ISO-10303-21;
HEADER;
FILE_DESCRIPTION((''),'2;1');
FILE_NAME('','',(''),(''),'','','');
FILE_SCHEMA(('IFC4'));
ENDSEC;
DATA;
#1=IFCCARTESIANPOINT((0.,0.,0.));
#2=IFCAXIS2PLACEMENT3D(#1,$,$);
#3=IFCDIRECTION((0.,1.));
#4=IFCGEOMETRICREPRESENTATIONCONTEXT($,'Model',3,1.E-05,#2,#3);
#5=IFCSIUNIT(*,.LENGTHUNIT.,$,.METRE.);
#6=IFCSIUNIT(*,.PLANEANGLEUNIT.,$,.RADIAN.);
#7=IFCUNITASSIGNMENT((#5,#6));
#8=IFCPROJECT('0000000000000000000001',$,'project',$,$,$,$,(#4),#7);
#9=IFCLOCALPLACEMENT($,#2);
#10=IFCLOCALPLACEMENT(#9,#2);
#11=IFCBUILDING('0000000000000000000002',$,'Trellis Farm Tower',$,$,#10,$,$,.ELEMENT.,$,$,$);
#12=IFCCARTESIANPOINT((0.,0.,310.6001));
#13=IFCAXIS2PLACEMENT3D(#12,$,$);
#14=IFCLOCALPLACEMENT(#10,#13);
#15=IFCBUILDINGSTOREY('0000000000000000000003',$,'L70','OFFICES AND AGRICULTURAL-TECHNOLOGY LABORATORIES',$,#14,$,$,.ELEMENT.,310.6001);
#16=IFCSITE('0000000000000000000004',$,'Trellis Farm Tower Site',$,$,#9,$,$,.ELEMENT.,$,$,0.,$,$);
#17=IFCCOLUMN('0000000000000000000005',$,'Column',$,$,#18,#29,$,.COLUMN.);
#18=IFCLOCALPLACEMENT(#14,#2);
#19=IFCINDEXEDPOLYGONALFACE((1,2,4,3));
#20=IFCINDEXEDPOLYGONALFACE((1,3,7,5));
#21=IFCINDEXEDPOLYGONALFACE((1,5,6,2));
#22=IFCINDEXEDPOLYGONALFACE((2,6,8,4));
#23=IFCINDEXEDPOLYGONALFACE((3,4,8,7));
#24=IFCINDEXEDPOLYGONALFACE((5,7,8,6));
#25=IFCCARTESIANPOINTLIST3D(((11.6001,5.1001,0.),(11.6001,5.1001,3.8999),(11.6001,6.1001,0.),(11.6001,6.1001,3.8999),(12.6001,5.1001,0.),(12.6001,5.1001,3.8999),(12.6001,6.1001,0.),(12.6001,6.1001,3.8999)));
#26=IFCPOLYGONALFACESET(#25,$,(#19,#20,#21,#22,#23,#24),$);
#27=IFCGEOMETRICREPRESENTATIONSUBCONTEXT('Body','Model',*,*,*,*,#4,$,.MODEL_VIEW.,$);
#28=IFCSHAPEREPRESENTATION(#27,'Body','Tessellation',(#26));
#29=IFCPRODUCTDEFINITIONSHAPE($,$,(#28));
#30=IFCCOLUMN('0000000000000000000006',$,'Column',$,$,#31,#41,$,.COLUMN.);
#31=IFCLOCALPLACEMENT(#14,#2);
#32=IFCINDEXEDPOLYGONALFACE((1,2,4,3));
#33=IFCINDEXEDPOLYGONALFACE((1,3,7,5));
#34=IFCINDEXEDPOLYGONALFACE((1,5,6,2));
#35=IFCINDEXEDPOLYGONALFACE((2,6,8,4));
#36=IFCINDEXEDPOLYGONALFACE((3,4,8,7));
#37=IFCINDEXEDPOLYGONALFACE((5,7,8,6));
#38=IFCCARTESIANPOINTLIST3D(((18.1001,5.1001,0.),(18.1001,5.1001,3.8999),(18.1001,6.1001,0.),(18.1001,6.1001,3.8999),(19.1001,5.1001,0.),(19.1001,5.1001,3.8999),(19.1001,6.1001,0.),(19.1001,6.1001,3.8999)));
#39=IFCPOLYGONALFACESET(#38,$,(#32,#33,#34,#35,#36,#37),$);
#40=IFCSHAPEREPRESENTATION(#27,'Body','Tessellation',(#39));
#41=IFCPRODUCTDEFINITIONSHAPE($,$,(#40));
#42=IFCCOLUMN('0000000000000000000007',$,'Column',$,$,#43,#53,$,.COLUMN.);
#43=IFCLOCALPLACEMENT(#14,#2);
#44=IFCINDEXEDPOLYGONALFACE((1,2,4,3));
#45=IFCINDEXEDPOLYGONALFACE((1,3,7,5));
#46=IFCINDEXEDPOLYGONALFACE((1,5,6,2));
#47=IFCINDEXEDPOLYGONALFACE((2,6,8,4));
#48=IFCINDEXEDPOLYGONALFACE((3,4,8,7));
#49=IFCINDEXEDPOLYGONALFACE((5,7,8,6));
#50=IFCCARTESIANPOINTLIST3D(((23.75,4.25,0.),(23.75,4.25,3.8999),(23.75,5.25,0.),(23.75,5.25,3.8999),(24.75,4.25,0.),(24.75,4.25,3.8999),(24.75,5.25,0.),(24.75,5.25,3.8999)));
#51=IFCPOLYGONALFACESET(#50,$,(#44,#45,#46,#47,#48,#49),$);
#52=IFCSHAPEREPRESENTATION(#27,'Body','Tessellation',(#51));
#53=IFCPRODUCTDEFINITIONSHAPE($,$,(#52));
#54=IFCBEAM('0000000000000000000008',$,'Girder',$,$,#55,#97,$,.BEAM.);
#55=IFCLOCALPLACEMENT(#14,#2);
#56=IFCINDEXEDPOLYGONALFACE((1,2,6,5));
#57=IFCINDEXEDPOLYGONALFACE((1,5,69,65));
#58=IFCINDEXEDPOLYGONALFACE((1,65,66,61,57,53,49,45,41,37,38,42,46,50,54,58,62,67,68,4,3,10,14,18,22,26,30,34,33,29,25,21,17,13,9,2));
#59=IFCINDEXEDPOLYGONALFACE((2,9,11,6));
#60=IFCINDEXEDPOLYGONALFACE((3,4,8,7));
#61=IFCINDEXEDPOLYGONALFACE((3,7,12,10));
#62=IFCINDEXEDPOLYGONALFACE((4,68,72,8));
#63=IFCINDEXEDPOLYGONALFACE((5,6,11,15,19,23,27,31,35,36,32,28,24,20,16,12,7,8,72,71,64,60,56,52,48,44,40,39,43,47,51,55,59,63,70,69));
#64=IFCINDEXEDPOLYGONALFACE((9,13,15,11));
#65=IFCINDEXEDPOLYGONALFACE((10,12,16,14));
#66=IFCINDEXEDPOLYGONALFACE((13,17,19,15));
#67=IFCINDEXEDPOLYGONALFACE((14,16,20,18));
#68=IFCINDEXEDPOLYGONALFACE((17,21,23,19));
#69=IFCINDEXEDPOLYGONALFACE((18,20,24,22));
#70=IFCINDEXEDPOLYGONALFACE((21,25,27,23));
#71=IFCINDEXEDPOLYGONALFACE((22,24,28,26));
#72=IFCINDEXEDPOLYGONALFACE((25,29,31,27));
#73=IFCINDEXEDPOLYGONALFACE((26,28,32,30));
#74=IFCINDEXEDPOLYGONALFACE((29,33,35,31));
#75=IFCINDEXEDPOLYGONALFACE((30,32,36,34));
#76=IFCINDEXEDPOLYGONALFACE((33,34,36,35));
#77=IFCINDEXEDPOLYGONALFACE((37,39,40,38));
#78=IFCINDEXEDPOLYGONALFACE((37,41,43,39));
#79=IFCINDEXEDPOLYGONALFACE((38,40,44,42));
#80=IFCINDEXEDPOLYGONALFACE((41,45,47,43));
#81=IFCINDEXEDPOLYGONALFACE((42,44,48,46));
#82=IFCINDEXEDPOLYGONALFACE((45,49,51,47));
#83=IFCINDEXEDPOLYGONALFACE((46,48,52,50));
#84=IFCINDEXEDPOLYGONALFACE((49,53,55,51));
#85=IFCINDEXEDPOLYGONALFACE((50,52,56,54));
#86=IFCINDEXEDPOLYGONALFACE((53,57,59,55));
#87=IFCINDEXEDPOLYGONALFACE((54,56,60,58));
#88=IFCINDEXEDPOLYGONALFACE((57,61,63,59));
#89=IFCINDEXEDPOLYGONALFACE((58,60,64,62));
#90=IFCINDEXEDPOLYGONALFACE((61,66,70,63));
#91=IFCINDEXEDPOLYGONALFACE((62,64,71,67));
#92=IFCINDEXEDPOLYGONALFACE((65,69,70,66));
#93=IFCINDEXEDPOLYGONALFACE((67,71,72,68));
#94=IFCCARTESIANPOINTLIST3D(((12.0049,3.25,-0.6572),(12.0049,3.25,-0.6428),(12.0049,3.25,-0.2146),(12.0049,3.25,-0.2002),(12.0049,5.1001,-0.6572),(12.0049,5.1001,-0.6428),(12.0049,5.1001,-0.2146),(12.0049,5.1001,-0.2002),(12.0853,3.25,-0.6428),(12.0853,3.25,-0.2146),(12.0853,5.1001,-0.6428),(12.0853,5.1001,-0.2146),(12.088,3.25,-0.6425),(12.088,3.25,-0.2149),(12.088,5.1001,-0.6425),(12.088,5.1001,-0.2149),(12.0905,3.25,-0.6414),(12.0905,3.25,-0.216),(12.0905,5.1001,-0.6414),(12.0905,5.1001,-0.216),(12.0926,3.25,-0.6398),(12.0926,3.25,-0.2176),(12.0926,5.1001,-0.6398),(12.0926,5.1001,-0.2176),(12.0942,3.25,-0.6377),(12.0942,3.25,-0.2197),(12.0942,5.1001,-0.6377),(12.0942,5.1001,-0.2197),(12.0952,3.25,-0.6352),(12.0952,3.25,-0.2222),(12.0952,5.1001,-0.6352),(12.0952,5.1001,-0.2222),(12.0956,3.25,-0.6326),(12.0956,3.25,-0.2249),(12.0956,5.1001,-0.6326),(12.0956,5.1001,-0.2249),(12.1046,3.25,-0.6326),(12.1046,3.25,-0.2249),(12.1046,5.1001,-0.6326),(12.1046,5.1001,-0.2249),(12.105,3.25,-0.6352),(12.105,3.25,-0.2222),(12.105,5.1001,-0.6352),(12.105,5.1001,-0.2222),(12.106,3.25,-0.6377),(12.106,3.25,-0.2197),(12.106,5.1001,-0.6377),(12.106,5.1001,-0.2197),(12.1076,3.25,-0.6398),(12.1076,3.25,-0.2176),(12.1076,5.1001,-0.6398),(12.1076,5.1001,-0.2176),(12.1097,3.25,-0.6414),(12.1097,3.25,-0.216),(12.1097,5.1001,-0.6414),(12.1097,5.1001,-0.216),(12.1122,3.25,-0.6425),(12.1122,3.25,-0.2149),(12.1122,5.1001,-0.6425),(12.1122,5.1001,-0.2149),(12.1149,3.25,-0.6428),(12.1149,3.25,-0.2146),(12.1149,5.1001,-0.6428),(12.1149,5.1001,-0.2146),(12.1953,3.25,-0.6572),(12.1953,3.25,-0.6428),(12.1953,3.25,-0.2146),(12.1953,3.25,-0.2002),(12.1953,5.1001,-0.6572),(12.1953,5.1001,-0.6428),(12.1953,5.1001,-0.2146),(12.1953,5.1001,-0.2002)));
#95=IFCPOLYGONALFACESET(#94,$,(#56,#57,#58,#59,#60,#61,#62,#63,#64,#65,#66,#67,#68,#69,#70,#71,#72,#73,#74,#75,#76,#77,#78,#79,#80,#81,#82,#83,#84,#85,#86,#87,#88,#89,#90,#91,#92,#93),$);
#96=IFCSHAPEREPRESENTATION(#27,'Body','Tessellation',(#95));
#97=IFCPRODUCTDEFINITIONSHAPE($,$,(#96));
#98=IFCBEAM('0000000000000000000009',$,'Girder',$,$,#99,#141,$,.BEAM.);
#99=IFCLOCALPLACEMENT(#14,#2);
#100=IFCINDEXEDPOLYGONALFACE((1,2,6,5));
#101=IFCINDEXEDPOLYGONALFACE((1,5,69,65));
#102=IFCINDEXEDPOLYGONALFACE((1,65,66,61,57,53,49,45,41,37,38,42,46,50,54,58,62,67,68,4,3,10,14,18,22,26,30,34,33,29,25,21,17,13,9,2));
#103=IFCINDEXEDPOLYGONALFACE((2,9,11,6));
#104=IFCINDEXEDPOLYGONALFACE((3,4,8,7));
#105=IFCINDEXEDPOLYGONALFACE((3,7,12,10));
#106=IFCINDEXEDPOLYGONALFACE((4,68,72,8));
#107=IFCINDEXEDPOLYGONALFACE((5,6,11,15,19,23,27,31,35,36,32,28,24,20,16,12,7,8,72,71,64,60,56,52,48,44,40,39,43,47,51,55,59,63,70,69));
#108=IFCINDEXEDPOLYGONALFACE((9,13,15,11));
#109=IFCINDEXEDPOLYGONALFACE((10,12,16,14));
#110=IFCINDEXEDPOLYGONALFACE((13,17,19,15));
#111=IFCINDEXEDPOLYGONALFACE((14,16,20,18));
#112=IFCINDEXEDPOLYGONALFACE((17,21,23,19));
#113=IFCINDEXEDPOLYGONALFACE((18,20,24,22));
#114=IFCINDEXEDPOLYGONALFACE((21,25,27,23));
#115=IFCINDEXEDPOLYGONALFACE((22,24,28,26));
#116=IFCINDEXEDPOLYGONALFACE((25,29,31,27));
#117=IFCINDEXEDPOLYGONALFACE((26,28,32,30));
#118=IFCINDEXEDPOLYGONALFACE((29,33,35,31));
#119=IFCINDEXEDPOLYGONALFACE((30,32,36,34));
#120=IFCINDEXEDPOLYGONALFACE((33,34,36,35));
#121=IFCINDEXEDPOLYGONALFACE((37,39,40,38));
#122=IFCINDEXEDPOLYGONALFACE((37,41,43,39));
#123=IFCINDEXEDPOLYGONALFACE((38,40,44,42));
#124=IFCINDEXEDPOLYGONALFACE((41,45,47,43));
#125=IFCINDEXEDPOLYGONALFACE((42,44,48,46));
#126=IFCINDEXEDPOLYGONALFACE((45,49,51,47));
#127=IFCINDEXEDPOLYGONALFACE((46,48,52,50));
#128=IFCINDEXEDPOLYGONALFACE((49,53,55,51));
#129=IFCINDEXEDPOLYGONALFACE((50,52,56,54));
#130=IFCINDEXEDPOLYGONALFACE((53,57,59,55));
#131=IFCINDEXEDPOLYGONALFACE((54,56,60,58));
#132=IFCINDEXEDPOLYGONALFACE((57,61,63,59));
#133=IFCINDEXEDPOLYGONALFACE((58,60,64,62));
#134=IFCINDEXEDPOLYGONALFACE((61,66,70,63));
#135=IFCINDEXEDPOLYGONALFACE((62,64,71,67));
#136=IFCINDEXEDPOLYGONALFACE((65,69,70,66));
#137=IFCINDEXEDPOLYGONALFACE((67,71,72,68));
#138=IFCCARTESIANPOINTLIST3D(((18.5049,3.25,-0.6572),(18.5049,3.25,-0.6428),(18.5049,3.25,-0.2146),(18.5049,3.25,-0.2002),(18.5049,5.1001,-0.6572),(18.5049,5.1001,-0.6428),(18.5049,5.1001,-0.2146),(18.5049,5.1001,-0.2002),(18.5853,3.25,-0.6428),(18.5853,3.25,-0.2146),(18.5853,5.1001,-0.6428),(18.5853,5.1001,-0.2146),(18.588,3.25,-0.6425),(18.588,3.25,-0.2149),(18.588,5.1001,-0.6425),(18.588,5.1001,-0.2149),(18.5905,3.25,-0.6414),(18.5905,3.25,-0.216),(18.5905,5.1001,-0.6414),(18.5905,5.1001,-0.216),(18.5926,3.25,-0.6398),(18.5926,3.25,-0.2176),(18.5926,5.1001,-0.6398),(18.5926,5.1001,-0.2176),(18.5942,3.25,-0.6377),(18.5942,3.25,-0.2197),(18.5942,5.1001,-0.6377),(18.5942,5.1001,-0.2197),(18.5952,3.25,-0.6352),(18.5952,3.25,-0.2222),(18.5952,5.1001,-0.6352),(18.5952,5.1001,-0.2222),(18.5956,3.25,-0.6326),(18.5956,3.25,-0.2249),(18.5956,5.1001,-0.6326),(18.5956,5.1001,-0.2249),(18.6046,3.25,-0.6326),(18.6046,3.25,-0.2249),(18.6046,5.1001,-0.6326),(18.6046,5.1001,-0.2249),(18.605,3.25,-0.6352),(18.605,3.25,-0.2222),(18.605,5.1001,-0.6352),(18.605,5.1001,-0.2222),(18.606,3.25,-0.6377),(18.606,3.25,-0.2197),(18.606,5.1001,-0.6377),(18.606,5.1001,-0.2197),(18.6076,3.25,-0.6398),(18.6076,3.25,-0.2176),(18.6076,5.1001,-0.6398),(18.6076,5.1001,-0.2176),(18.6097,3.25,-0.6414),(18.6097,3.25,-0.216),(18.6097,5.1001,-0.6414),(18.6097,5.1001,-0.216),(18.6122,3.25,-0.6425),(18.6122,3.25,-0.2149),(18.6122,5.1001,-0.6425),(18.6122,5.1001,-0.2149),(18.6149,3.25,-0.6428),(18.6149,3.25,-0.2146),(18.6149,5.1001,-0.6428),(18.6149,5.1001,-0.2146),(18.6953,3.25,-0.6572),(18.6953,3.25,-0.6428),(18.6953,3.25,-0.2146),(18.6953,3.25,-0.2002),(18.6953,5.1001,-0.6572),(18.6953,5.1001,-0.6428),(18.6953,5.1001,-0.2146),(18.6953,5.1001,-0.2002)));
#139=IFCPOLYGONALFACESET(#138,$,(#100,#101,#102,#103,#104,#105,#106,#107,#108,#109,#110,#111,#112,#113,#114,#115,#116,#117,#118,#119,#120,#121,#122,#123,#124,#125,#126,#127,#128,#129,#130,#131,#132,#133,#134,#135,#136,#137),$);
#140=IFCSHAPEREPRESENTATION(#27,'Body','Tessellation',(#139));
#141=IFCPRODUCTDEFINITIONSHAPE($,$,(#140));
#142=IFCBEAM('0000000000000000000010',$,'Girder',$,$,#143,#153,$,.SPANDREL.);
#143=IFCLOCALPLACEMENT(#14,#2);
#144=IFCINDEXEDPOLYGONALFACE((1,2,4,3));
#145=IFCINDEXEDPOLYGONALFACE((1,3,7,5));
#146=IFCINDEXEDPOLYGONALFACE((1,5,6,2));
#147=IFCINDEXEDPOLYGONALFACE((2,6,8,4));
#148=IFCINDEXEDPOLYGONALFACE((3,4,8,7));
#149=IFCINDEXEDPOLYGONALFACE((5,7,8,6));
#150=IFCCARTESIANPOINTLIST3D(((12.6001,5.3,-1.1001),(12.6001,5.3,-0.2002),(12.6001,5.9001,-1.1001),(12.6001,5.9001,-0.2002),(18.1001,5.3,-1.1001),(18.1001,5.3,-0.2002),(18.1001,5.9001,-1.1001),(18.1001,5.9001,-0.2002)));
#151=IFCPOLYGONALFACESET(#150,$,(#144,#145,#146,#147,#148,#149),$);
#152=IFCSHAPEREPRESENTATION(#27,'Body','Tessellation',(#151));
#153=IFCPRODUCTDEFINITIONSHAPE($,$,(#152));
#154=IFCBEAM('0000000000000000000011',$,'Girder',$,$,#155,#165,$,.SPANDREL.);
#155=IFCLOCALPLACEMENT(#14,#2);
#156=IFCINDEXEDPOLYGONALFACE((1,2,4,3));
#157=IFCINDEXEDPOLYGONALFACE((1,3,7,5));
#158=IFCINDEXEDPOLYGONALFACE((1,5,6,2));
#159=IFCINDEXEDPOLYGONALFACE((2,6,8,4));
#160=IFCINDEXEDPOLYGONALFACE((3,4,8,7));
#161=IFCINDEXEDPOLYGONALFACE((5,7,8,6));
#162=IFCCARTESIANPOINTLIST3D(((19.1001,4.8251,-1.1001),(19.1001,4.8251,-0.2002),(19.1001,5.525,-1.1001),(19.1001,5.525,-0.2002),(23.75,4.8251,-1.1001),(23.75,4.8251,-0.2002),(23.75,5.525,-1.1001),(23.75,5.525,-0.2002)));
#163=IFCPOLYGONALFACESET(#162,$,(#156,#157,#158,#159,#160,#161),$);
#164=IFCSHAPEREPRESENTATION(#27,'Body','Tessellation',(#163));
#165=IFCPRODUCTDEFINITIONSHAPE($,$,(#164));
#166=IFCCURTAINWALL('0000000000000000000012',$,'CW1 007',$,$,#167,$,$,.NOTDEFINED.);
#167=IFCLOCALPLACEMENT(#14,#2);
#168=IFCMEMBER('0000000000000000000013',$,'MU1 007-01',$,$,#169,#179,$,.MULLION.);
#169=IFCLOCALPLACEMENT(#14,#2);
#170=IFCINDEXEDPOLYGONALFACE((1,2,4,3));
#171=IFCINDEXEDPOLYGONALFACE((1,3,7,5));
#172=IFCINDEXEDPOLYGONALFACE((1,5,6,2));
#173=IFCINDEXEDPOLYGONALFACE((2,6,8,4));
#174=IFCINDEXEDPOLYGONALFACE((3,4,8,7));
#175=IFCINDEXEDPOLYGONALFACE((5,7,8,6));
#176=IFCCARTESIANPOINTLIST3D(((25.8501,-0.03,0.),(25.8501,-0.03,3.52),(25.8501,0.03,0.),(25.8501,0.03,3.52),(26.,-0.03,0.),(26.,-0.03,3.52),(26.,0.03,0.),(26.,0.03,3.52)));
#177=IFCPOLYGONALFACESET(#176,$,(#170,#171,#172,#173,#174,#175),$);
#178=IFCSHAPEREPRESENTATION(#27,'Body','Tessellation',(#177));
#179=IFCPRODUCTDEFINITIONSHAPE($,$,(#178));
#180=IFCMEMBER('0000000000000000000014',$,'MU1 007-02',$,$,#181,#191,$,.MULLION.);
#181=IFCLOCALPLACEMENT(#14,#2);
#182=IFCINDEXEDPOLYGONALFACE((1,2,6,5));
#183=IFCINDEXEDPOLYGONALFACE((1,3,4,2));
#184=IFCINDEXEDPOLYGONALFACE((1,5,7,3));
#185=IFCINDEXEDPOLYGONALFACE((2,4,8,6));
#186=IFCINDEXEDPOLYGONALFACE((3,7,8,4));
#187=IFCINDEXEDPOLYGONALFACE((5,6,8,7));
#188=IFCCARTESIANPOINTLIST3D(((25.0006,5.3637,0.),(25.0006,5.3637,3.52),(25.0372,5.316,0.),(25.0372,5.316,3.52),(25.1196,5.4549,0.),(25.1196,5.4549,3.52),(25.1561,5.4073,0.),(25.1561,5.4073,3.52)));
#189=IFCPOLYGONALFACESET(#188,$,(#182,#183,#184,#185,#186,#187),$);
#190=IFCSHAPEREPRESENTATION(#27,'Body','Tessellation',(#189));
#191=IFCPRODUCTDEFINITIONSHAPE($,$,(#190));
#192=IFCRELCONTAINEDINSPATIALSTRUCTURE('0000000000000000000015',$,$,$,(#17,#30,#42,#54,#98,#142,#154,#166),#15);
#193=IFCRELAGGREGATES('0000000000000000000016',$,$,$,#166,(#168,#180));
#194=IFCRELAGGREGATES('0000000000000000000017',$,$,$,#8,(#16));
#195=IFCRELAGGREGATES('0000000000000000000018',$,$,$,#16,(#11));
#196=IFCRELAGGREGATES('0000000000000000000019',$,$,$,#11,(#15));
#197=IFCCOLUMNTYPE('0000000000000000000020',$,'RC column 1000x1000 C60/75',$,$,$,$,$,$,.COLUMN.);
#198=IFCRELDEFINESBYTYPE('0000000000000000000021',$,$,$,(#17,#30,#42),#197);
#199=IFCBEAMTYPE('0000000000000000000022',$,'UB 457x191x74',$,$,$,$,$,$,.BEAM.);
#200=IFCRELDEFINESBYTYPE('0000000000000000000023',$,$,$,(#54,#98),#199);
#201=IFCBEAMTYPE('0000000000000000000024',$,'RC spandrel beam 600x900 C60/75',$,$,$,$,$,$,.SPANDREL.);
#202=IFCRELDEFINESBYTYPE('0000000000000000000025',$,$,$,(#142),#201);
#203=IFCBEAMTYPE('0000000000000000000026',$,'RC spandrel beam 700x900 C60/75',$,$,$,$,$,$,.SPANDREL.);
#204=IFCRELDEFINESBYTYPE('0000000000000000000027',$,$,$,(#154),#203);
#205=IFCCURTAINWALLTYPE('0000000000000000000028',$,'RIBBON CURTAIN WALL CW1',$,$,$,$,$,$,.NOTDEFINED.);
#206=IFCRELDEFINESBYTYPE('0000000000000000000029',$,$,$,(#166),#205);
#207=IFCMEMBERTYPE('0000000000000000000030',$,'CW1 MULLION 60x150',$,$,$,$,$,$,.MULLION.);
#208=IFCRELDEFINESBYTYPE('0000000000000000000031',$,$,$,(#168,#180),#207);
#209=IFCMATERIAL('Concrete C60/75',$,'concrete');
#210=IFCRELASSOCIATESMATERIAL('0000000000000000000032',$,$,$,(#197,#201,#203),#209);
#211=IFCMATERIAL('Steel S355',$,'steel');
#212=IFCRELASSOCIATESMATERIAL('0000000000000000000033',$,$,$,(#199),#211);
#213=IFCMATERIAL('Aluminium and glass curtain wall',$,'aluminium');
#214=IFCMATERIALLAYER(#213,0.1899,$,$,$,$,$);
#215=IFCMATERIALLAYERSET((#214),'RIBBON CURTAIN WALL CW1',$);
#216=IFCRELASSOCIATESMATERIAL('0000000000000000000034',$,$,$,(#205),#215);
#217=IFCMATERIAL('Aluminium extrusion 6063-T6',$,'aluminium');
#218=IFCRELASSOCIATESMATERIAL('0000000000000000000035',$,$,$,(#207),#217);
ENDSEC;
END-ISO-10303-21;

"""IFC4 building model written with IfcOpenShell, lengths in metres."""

from ifc_helpers import new_model, si_unit, direction, frame, origin, origin_2d, place, context, subcontext, project, spatial, rectangle, i_section, extrude, source, transform, mapped, material, layer, layer_set, material_profile, profile_set, type_object, element, aggregate, save


model = new_model("IFC4")

# Units and contexts
model_context = context("Model", 3, precision=1e-05, world=origin(), true_north=direction((0.0, 1.0)))
body_context = subcontext(model_context, "Body", "Model", "MODEL_VIEW")
ifc_project = project(units=[si_unit("LENGTHUNIT", "METRE"), si_unit("PLANEANGLEUNIT", "RADIAN")], contexts=[model_context])

# Site, building, storey
site_placement = place(None, origin())
site = spatial("IfcSite", under=ifc_project, at=site_placement, Name="Trellis Farm Tower Site", CompositionType="ELEMENT", RefElevation=0.0)
building_placement = place(site_placement, origin())
building = spatial("IfcBuilding", under=site, at=building_placement, Name="Trellis Farm Tower", CompositionType="ELEMENT")
storey_placement = place(building_placement, frame((0.0, 0.0, 310.6001)))
storey = spatial("IfcBuildingStorey", under=building, at=storey_placement, Name="L70", Description="OFFICES AND AGRICULTURAL-TECHNOLOGY LABORATORIES", CompositionType="ELEMENT", Elevation=310.6001)

# Columns
ifc_material_1 = material(Name="Concrete C60/75", Category="concrete")
ifc_material_profile_1 = material_profile(ifc_material_1, rectangle(XDim=1.0, YDim=1.0, at=origin_2d()), Name="RC column 1000x1000 C60/75")
ifc_profile_set_1 = profile_set([ifc_material_profile_1], Name="Concrete C60/75")
column_type = type_object("IfcColumnType", Name="RC column 1000x1000 C60/75", PredefinedType="COLUMN", material=ifc_profile_set_1)
shared_shape_1 = source(origin(), body_context, "Body", "SweptSolid", [
    extrude(rectangle(XDim=1.0, YDim=1.0, at=origin_2d()), origin(), (0.0, 0.0, 1.0), 3.8999),
])
for number, where, z_axis, x_axis, name in (
    (1, (12.1001, 5.6001, 0.0), (0.0, 0.0, 1.0), (1.0, 0.0, 0.0), "Column"),
    (2, (18.6001, 5.6001, 0.0), (0.0, 0.0, 1.0), (1.0, 0.0, 0.0), "Column"),
    (3, (24.25, 4.75, 0.0), (0.0, 0.0, 1.0), (1.0, 0.0, 0.0), "Column"),
):
    element("IfcColumn", number, at=place(storey_placement, frame(where, z_axis=z_axis, x_axis=x_axis)), inside=storey, type_object=column_type, Name=name, PredefinedType="COLUMN", context=body_context, shape_type="MappedRepresentation", body=[
        mapped(shared_shape_1, transform((0.0, 0.0, 0.0))),
    ])

# Beams
ifc_material_2 = material(Name="Steel S355", Category="steel")
ifc_material_profile_2 = material_profile(ifc_material_2, i_section(OverallWidth=0.1904, OverallDepth=0.457, WebThickness=0.009, FlangeThickness=0.0144, FilletRadius=0.0103, at=origin_2d()), Name="UB 457x191x74")
ifc_profile_set_2 = profile_set([ifc_material_profile_2], Name="Steel S355")
beam_type_1 = type_object("IfcBeamType", Name="UB 457x191x74", PredefinedType="BEAM", material=ifc_profile_set_2)
shared_shape_2 = source(origin(), body_context, "Body", "SweptSolid", [
    extrude(i_section(OverallWidth=0.1904, OverallDepth=0.457, WebThickness=0.009, FlangeThickness=0.0144, FilletRadius=0.0103, at=origin_2d()), origin(), (0.0, 0.0, 1.0), 1.8501),
])
for number, where, z_axis, x_axis, name in (
    (4, (12.1001, 3.25, -0.4287), (0.0, 1.0, 0.0), (-1.0, 0.0, 0.0), "Girder"),
    (5, (18.6001, 3.25, -0.4287), (0.0, 1.0, 0.0), (-1.0, 0.0, 0.0), "Girder"),
):
    element("IfcBeam", number, at=place(storey_placement, frame(where, z_axis=z_axis, x_axis=x_axis)), inside=storey, type_object=beam_type_1, Name=name, PredefinedType="BEAM", context=body_context, shape_type="MappedRepresentation", body=[
        mapped(shared_shape_2, transform((0.0, 0.0, 0.0))),
    ])
ifc_material_profile_3 = material_profile(ifc_material_1, rectangle(XDim=0.6001, YDim=0.8999, at=origin_2d()), Name="RC spandrel beam 600x900 C60/75")
ifc_profile_set_3 = profile_set([ifc_material_profile_3], Name="Concrete C60/75")
beam_type_2 = type_object("IfcBeamType", Name="RC spandrel beam 600x900 C60/75", PredefinedType="SPANDREL", material=ifc_profile_set_3)
shared_shape_3 = source(origin(), body_context, "Body", "SweptSolid", [
    extrude(rectangle(XDim=0.6001, YDim=0.8999, at=origin_2d()), origin(), (0.0, 0.0, 1.0), 5.5),
])
beam_1_placement = place(storey_placement, frame((12.6001, 5.6001, -0.6501), z_axis=(1.0, 0.0, 0.0), x_axis=(0.0, 1.0, 0.0)))
element("IfcBeam", 6, at=beam_1_placement, inside=storey, type_object=beam_type_2, Name="Girder", PredefinedType="SPANDREL", context=body_context, shape_type="MappedRepresentation", body=[
    mapped(shared_shape_3, transform((0.0, 0.0, 0.0))),
])
ifc_material_profile_4 = material_profile(ifc_material_1, rectangle(XDim=0.7, YDim=0.8999, at=origin_2d()), Name="RC spandrel beam 700x900 C60/75")
ifc_profile_set_4 = profile_set([ifc_material_profile_4], Name="Concrete C60/75")
beam_type_3 = type_object("IfcBeamType", Name="RC spandrel beam 700x900 C60/75", PredefinedType="SPANDREL", material=ifc_profile_set_4)
shared_shape_4 = source(origin(), body_context, "Body", "SweptSolid", [
    extrude(rectangle(XDim=0.7, YDim=0.8999, at=origin_2d()), origin(), (0.0, 0.0, 1.0), 4.6499),
])
beam_2_placement = place(storey_placement, frame((19.1001, 5.175, -0.6501), z_axis=(1.0, 0.0, 0.0), x_axis=(0.0, 1.0, 0.0)))
element("IfcBeam", 7, at=beam_2_placement, inside=storey, type_object=beam_type_3, Name="Girder", PredefinedType="SPANDREL", context=body_context, shape_type="MappedRepresentation", body=[
    mapped(shared_shape_4, transform((0.0, 0.0, 0.0))),
])

# Curtain wall, members
ifc_material_3 = material(Name="Aluminium and glass curtain wall", Category="aluminium")
ifc_layer_1 = layer(ifc_material_3, 0.1899)
ifc_layer_set_1 = layer_set([ifc_layer_1], Name="RIBBON CURTAIN WALL CW1")
curtain_wall_type = type_object("IfcCurtainWallType", Name="RIBBON CURTAIN WALL CW1", PredefinedType="NOTDEFINED", material=ifc_layer_set_1)
placement = place(storey_placement, origin())
curtain_wall_1 = element("IfcCurtainWall", 8, at=placement, inside=storey, type_object=curtain_wall_type, Name="CW1 007", PredefinedType="NOTDEFINED")
ifc_material_4 = material(Name="Aluminium extrusion 6063-T6", Category="aluminium")
ifc_material_profile_5 = material_profile(ifc_material_4, rectangle(XDim=0.0601, YDim=0.1499, at=origin_2d()), Name="MULLION 60x150")
ifc_profile_set_5 = profile_set([ifc_material_profile_5], Name="Aluminium extrusion 6063-T6")
member_type = type_object("IfcMemberType", Name="CW1 MULLION 60x150", PredefinedType="MULLION", material=ifc_profile_set_5)
shared_shape_5 = source(origin(), body_context, "Body", "SweptSolid", [
    extrude(rectangle(XDim=0.0601, YDim=0.1499, at=origin_2d()), origin(), (0.0, 0.0, 1.0), 3.52),
])
member_1_placement = place(storey_placement, frame((25.925, 0.0, 0.0), z_axis=(0.0, 0.0, 1.0), x_axis=(0.0, 1.0, 0.0)))
member_1 = element("IfcMember", 9, at=member_1_placement, type_object=member_type, Name="MU1 007-01", PredefinedType="MULLION", context=body_context, shape_type="MappedRepresentation", body=[
    mapped(shared_shape_5, transform((0.0, 0.0, 0.0))),
])
member_2_placement = place(storey_placement, frame((25.0784, 5.3855, 0.0), z_axis=(0.0, 0.0, 1.0), x_axis=(-0.608761, 0.793353, 0.0)))
member_2 = element("IfcMember", 10, at=member_2_placement, type_object=member_type, Name="MU1 007-02", PredefinedType="MULLION", context=body_context, shape_type="MappedRepresentation", body=[
    mapped(shared_shape_5, transform((0.0, 0.0, 0.0))),
])
aggregate(curtain_wall_1, [member_1, member_2])

save(model, "model.ifc")
